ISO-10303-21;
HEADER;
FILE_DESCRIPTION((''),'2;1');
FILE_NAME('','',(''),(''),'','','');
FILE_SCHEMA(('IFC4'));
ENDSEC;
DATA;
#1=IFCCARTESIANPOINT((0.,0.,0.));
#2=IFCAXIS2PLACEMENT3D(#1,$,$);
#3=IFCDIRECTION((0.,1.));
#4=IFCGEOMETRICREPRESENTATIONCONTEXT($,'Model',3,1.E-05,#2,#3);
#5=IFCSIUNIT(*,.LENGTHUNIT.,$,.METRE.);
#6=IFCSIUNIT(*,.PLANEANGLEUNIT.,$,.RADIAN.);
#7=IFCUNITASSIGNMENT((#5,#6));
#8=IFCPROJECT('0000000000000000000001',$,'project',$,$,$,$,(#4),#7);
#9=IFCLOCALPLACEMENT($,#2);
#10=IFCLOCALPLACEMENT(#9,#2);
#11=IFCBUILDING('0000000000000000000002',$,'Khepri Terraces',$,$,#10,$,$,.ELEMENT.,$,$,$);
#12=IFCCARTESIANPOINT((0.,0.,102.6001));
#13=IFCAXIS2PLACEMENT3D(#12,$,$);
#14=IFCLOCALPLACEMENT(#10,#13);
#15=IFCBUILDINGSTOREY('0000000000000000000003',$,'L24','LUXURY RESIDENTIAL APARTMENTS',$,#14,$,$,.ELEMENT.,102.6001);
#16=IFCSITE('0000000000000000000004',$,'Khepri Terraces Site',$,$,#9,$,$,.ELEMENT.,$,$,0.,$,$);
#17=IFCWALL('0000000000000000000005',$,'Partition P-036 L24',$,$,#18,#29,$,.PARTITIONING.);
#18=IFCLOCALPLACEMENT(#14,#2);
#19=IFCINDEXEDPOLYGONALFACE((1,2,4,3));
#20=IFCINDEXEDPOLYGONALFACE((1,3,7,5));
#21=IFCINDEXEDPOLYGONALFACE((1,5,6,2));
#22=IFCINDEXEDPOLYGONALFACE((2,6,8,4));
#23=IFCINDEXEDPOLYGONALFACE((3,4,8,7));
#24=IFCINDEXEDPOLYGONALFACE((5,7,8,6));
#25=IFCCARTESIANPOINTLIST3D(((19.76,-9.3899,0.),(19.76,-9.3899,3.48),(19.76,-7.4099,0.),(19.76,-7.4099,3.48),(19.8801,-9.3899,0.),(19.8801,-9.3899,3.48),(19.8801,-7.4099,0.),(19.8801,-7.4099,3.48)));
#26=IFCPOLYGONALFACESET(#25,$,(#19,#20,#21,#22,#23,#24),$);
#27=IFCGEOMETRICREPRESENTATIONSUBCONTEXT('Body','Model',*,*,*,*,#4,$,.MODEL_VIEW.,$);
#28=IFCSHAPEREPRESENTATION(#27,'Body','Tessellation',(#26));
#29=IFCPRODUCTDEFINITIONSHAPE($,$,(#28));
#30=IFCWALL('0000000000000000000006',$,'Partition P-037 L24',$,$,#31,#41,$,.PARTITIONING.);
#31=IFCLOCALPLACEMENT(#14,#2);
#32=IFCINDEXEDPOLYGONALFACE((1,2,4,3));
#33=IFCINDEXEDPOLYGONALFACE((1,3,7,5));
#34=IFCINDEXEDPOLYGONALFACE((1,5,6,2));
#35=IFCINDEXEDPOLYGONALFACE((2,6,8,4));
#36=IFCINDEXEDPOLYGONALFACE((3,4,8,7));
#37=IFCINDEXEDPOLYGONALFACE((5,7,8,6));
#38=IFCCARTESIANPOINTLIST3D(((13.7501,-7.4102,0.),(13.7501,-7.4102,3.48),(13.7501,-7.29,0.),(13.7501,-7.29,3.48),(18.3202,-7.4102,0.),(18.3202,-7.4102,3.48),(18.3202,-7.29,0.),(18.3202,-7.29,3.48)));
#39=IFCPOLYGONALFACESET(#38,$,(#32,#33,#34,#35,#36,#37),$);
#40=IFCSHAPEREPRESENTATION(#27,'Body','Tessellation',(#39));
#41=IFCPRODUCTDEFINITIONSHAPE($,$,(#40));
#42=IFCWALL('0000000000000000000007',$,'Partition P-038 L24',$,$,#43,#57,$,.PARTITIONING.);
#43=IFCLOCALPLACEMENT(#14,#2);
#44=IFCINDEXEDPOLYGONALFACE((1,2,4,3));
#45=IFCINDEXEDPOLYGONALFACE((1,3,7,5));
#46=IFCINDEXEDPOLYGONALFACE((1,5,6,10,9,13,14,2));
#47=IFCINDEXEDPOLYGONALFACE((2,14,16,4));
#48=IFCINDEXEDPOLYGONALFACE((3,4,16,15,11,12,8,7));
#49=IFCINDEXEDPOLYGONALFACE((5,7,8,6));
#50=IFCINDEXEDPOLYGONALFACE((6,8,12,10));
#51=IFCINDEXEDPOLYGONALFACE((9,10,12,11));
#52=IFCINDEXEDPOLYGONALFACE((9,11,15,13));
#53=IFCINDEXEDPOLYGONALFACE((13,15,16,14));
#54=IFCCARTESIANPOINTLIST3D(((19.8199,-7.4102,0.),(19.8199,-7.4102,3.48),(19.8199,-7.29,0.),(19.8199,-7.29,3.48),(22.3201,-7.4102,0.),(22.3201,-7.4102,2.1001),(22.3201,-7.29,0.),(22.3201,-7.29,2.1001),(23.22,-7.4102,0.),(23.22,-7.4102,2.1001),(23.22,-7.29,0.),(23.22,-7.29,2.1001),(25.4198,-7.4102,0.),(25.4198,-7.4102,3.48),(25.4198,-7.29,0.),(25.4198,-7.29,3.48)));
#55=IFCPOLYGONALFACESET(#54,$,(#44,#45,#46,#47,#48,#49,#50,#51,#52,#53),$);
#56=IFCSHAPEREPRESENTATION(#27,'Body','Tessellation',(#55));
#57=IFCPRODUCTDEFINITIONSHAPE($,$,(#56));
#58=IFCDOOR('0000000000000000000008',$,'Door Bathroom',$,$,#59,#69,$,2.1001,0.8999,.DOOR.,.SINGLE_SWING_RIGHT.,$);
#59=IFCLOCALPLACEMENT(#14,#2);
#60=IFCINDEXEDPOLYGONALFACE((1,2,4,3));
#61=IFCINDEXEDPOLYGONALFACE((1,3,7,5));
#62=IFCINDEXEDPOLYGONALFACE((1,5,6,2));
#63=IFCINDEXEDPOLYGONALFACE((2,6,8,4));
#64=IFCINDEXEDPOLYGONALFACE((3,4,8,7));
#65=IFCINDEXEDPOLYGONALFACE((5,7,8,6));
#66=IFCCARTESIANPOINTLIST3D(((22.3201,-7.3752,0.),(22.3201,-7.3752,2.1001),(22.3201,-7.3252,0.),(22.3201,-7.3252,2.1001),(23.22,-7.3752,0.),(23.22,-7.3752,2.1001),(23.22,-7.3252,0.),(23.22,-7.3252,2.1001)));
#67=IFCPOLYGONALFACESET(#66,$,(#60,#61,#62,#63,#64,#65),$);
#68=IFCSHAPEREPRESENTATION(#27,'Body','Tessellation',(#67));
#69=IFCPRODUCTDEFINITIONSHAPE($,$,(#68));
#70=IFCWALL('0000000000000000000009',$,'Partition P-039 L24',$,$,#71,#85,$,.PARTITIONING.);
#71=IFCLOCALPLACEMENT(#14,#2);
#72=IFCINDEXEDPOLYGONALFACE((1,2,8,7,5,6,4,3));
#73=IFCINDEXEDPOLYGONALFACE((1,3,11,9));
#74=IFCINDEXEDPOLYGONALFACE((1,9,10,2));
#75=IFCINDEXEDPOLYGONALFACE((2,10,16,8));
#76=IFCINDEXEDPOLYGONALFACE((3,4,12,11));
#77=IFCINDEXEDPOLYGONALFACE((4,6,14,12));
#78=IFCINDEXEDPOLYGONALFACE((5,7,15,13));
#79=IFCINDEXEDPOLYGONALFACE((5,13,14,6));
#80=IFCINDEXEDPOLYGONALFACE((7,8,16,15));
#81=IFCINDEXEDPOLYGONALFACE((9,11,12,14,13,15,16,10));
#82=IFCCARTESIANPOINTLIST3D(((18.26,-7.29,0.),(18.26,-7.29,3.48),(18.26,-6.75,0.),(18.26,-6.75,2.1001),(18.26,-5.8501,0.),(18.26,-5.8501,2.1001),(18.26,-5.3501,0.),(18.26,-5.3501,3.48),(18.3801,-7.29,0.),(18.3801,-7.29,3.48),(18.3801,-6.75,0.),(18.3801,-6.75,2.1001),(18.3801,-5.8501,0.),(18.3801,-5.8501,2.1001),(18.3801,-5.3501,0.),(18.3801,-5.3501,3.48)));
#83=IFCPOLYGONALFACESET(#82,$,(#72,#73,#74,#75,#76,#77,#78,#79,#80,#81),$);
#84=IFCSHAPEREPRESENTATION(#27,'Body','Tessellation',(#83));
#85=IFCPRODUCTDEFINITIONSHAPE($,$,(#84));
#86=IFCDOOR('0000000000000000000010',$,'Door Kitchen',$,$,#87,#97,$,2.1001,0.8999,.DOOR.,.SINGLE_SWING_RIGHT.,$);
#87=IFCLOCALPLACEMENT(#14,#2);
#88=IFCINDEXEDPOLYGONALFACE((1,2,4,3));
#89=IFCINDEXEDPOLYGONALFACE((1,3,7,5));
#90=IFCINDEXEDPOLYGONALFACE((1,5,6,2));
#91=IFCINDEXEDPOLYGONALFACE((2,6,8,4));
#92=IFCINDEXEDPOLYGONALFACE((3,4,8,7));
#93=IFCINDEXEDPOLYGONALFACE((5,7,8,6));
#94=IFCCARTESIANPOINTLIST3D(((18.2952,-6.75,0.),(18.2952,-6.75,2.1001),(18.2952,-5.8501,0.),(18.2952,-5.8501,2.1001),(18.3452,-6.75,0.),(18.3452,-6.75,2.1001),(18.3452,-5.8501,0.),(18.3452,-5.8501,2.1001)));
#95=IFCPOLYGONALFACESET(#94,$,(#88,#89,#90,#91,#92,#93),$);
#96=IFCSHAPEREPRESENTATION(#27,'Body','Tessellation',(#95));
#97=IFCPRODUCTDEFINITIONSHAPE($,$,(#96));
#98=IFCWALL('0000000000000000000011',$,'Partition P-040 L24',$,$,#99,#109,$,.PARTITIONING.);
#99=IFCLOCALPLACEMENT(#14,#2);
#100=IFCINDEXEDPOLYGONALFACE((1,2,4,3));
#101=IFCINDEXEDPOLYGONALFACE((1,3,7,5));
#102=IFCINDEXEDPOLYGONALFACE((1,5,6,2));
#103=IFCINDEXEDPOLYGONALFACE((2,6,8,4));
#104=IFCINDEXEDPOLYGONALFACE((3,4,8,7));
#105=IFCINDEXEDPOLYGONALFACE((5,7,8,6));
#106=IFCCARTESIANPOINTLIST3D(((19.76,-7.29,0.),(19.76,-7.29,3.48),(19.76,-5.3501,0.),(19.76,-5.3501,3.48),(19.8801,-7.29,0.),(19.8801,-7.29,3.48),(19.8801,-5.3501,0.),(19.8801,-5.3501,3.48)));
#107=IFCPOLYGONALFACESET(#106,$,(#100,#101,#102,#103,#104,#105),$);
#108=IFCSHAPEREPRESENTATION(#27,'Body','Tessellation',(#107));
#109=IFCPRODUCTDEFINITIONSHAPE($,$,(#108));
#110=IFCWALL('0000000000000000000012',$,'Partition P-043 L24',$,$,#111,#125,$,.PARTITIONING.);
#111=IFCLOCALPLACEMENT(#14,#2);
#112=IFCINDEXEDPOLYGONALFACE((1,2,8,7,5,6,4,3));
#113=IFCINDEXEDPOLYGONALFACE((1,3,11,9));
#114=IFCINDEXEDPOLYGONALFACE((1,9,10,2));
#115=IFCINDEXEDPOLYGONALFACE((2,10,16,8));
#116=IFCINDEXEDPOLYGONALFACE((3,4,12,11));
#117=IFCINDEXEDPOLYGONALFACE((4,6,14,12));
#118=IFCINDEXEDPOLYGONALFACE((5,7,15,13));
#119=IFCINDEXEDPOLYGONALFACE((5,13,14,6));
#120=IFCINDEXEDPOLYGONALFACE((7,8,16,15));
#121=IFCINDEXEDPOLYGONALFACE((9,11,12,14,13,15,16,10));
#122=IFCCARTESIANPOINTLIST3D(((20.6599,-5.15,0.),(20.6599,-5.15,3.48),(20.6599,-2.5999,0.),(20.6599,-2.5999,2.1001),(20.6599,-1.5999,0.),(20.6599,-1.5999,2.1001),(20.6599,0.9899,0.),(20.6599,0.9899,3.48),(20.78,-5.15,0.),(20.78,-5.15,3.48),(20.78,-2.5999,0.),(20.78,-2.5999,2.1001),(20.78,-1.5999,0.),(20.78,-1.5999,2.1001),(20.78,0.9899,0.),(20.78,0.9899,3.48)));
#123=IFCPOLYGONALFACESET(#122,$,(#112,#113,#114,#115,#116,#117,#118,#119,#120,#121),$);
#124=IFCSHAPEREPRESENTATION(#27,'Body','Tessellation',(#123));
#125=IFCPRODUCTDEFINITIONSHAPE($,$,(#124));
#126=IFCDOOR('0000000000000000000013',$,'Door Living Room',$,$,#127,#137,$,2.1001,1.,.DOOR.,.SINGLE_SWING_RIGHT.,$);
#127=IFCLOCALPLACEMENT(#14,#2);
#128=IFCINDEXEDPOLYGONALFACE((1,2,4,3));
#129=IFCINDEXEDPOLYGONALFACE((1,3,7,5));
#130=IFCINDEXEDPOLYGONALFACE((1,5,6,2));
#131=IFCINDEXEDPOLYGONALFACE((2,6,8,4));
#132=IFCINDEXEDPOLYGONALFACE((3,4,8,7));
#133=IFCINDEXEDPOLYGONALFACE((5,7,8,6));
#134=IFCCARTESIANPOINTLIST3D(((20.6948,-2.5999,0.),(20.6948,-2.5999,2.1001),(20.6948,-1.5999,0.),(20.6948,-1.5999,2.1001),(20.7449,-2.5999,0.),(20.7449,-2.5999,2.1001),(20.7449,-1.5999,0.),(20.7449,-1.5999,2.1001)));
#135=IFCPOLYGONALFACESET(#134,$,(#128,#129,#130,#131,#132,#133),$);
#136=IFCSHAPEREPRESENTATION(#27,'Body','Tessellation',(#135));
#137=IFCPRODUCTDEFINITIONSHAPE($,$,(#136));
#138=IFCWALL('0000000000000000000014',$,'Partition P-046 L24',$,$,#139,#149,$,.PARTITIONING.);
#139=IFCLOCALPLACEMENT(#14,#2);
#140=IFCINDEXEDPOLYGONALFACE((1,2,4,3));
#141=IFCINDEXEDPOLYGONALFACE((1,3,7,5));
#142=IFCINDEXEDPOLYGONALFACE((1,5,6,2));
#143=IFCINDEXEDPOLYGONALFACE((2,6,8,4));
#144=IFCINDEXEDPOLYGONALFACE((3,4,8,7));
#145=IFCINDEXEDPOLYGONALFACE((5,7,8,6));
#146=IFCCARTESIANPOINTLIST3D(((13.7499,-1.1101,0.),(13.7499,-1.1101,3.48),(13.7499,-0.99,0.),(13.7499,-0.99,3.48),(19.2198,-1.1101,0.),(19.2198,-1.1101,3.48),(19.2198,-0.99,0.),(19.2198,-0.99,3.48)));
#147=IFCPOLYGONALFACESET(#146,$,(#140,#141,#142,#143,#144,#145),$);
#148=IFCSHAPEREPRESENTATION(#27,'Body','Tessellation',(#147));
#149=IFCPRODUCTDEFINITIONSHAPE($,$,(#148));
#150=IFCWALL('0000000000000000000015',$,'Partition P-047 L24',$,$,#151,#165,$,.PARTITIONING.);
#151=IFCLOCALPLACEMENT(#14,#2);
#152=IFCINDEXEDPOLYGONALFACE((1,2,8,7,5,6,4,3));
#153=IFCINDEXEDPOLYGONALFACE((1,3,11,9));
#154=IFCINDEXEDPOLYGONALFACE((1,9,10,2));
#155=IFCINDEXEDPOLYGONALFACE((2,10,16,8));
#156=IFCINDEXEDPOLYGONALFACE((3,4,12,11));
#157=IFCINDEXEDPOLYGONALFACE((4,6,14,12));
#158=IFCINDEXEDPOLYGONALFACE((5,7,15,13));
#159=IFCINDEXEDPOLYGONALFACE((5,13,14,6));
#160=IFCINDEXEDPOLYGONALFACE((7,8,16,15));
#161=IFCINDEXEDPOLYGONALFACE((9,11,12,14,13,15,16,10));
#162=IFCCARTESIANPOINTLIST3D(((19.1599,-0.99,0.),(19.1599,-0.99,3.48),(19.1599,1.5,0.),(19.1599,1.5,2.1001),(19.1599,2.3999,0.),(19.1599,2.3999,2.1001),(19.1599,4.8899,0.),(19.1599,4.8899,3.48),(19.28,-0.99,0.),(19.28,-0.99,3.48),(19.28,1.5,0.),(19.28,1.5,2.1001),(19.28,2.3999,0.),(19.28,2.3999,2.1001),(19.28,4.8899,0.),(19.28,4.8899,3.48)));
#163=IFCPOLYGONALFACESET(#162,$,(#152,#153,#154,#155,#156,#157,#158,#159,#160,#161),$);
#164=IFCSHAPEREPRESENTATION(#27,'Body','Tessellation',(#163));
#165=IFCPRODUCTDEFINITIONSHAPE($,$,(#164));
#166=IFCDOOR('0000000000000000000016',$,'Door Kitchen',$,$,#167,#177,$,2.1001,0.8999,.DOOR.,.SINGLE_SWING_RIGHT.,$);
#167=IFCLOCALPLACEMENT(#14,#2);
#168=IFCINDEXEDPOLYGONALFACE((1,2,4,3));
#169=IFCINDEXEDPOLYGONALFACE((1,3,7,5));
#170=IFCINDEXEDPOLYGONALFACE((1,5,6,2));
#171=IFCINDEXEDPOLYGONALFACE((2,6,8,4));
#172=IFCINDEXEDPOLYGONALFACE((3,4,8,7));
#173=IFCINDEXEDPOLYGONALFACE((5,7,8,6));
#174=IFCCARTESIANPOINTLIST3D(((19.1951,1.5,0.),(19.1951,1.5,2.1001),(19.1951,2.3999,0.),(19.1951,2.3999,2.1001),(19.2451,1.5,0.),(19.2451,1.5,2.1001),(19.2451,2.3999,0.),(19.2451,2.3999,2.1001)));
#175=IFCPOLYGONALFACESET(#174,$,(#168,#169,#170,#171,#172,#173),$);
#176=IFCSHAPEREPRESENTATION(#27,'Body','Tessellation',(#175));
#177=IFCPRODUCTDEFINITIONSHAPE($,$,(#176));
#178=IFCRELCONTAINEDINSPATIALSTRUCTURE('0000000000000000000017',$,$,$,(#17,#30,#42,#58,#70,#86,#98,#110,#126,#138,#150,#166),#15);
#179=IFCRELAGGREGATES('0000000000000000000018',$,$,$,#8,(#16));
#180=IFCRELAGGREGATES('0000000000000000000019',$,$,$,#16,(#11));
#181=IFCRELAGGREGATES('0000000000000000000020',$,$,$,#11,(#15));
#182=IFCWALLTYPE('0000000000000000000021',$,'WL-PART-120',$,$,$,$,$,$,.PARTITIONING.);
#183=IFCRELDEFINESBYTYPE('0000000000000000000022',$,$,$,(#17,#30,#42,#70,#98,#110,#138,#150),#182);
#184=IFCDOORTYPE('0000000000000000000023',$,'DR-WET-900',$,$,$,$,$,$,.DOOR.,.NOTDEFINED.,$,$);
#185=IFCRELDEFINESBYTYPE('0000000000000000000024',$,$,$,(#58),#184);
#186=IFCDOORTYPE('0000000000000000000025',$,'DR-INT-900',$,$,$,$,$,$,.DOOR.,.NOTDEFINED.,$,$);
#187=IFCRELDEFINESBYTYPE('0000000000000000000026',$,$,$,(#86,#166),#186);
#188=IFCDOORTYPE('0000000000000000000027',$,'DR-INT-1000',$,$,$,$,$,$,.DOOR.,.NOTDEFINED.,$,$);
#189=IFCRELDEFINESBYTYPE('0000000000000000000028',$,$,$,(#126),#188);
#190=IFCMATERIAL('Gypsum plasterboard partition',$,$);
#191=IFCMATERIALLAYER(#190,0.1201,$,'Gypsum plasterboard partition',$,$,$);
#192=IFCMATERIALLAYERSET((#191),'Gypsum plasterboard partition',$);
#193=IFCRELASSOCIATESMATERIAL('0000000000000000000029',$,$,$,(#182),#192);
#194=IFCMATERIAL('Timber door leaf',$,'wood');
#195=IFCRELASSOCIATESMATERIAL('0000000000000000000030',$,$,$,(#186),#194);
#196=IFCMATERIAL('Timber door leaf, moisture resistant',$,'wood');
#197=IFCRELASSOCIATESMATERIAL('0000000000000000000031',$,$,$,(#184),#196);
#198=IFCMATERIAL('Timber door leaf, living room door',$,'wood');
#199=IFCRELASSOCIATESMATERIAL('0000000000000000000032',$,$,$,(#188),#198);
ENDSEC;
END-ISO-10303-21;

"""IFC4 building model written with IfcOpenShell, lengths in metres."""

from ifc_helpers import new_model, si_unit, direction, frame, frame_2d, origin, place, context, subcontext, project, spatial, rectangle, extrude, material, layer, layer_set, type_object, element, fill, save


model = new_model("IFC4")

# Units and contexts
model_context = context("Model", 3, precision=1e-05, world=origin(), true_north=direction((0.0, 1.0)))
body_context = subcontext(model_context, "Body", "Model", "MODEL_VIEW")
ifc_project = project(units=[si_unit("LENGTHUNIT", "METRE"), si_unit("PLANEANGLEUNIT", "RADIAN")], contexts=[model_context])

# Site, building, storey
site_placement = place(None, origin())
site = spatial("IfcSite", under=ifc_project, at=site_placement, Name="Khepri Terraces Site", CompositionType="ELEMENT", RefElevation=0.0)
building_placement = place(site_placement, origin())
building = spatial("IfcBuilding", under=site, at=building_placement, Name="Khepri Terraces", CompositionType="ELEMENT")
storey_placement = place(building_placement, frame((0.0, 0.0, 102.6001)))
storey = spatial("IfcBuildingStorey", under=building, at=storey_placement, Name="L24", Description="LUXURY RESIDENTIAL APARTMENTS", CompositionType="ELEMENT", Elevation=102.6001)

# Shared definitions
ifc_material_1 = material(Name="Gypsum plasterboard partition")
ifc_layer_1 = layer(ifc_material_1, 0.1201, Name="Gypsum plasterboard partition")
ifc_layer_set_1 = layer_set([ifc_layer_1], Name="Gypsum plasterboard partition")
wall_type_1 = type_object("IfcWallType", Name="WL-PART-120", PredefinedType="PARTITIONING", material=ifc_layer_set_1)
ifc_material_2 = material(Name="Timber door leaf", Category="wood")
door_type_1 = type_object("IfcDoorType", Name="DR-INT-900", OperationType="NOTDEFINED", PredefinedType="DOOR", material=ifc_material_2)
ifc_material_3 = material(Name="Timber door leaf, moisture resistant", Category="wood")
door_type_2 = type_object("IfcDoorType", Name="DR-WET-900", OperationType="NOTDEFINED", PredefinedType="DOOR", material=ifc_material_3)

# Walls
for number, where, z_axis, x_axis, name in (
    (1, (19.8201, -9.3899, 0.0), (0.0, 0.0, 1.0), (0.0, 1.0, 0.0), "Partition P-036 L24"),
):
    element("IfcWall", number, at=place(storey_placement, frame(where, z_axis=z_axis, x_axis=x_axis)), inside=storey, type_object=wall_type_1, Name=name, PredefinedType="PARTITIONING", context=body_context, shape_type="SweptSolid", body=[
        extrude(rectangle(XDim=1.98, YDim=0.1201, at=frame_2d((0.99, 0.0))), origin(), (0.0, 0.0, 1.0), 3.48),
    ])
wall_1_placement = place(storey_placement, frame((13.75, -7.3501, 0.0), z_axis=(0.0, 0.0, 1.0), x_axis=(1.0, 0.0, 0.0)))
element("IfcWall", 2, at=wall_1_placement, inside=storey, type_object=wall_type_1, Name="Partition P-037 L24", PredefinedType="PARTITIONING", context=body_context, shape_type="SweptSolid", body=[
    extrude(rectangle(XDim=4.5701, YDim=0.1201, at=frame_2d((2.2852, 0.0))), origin(), (0.0, 0.0, 1.0), 3.48),
])

# Walls, openings, doors
wall_2_placement = place(storey_placement, frame((19.8201, -7.3501, 0.0), z_axis=(0.0, 0.0, 1.0), x_axis=(1.0, 0.0, 0.0)))
wall_2 = element("IfcWall", 3, at=wall_2_placement, inside=storey, type_object=wall_type_1, Name="Partition P-038 L24", PredefinedType="PARTITIONING", context=body_context, shape_type="SweptSolid", body=[
    extrude(rectangle(XDim=5.5999, YDim=0.1201, at=frame_2d((2.7998, 0.0))), origin(), (0.0, 0.0, 1.0), 3.48),
])
opening_1_placement = place(wall_2_placement, frame((2.5, 0.0, 0.0)))
opening_1 = element("IfcOpeningElement", 4, at=opening_1_placement, cuts=wall_2, PredefinedType="OPENING", context=body_context, shape_type="SweptSolid", body=[
    extrude(rectangle(XDim=0.8999, YDim=2.1001, at=frame_2d((0.45, 1.05))), frame((0.0, 0.0701, 0.0), z_axis=(0.0, -1.0, 0.0), x_axis=(1.0, 0.0, 0.0)), (0.0, 0.0, 1.0), 0.1401),
])
door_1_placement = place(opening_1_placement, origin())
door_1 = element("IfcDoor", 5, at=door_1_placement, inside=storey, type_object=door_type_2, Name="Door Bathroom", OperationType="SINGLE_SWING_RIGHT", OverallHeight=2.1001, OverallWidth=0.8999, PredefinedType="DOOR", context=body_context, shape_type="SweptSolid", body=[
    extrude(rectangle(XDim=0.8999, YDim=2.1001, at=frame_2d((0.45, 1.05))), frame((0.0, 0.0249, 0.0), z_axis=(0.0, -1.0, 0.0), x_axis=(1.0, 0.0, 0.0)), (0.0, 0.0, 1.0), 0.05),
])
fill(opening_1, door_1)
wall_3_placement = place(storey_placement, frame((18.3201, -7.29, 0.0), z_axis=(0.0, 0.0, 1.0), x_axis=(0.0, 1.0, 0.0)))
wall_3 = element("IfcWall", 6, at=wall_3_placement, inside=storey, type_object=wall_type_1, Name="Partition P-039 L24", PredefinedType="PARTITIONING", context=body_context, shape_type="SweptSolid", body=[
    extrude(rectangle(XDim=1.9399, YDim=0.1201, at=frame_2d((0.97, 0.0))), origin(), (0.0, 0.0, 1.0), 3.48),
])
opening_2_placement = place(wall_3_placement, frame((0.54, 0.0, 0.0)))
opening_2 = element("IfcOpeningElement", 7, at=opening_2_placement, cuts=wall_3, PredefinedType="OPENING", context=body_context, shape_type="SweptSolid", body=[
    extrude(rectangle(XDim=0.8999, YDim=2.1001, at=frame_2d((0.45, 1.05))), frame((0.0, 0.0701, 0.0), z_axis=(0.0, -1.0, 0.0), x_axis=(1.0, 0.0, 0.0)), (0.0, 0.0, 1.0), 0.1401),
])
door_2_placement = place(opening_2_placement, origin())
door_2 = element("IfcDoor", 8, at=door_2_placement, inside=storey, type_object=door_type_1, Name="Door Kitchen", OperationType="SINGLE_SWING_RIGHT", OverallHeight=2.1001, OverallWidth=0.8999, PredefinedType="DOOR", context=body_context, shape_type="SweptSolid", body=[
    extrude(rectangle(XDim=0.8999, YDim=2.1001, at=frame_2d((0.45, 1.05))), frame((0.0, 0.0249, 0.0), z_axis=(0.0, -1.0, 0.0), x_axis=(1.0, 0.0, 0.0)), (0.0, 0.0, 1.0), 0.05),
])
fill(opening_2, door_2)

# Wall
wall_4_placement = place(storey_placement, frame((19.8201, -7.29, 0.0), z_axis=(0.0, 0.0, 1.0), x_axis=(0.0, 1.0, 0.0)))
element("IfcWall", 9, at=wall_4_placement, inside=storey, type_object=wall_type_1, Name="Partition P-040 L24", PredefinedType="PARTITIONING", context=body_context, shape_type="SweptSolid", body=[
    extrude(rectangle(XDim=1.9399, YDim=0.1201, at=frame_2d((0.97, 0.0))), origin(), (0.0, 0.0, 1.0), 3.48),
])

# Wall, opening, door
wall_5_placement = place(storey_placement, frame((20.72, -5.1499, 0.0), z_axis=(0.0, 0.0, 1.0), x_axis=(0.0, 1.0, 0.0)))
wall_5 = element("IfcWall", 10, at=wall_5_placement, inside=storey, type_object=wall_type_1, Name="Partition P-043 L24", PredefinedType="PARTITIONING", context=body_context, shape_type="SweptSolid", body=[
    extrude(rectangle(XDim=6.1399, YDim=0.1201, at=frame_2d((3.0698, 0.0))), origin(), (0.0, 0.0, 1.0), 3.48),
])
opening_3_placement = place(wall_5_placement, frame((2.55, 0.0, 0.0)))
opening_3 = element("IfcOpeningElement", 11, at=opening_3_placement, cuts=wall_5, PredefinedType="OPENING", context=body_context, shape_type="SweptSolid", body=[
    extrude(rectangle(XDim=1.0, YDim=2.1001, at=frame_2d((0.5, 1.05))), frame((0.0, 0.0701, 0.0), z_axis=(0.0, -1.0, 0.0), x_axis=(1.0, 0.0, 0.0)), (0.0, 0.0, 1.0), 0.1401),
])
ifc_material_4 = material(Name="Timber door leaf, living room door", Category="wood")
door_type_3 = type_object("IfcDoorType", Name="DR-INT-1000", OperationType="NOTDEFINED", PredefinedType="DOOR", material=ifc_material_4)
door_3_placement = place(opening_3_placement, frame((1.0, 0.0, 0.0), z_axis=(0.0, 0.0, 1.0), x_axis=(-1.0, 0.0, 0.0)))
door_3 = element("IfcDoor", 12, at=door_3_placement, inside=storey, type_object=door_type_3, Name="Door Living Room", OperationType="SINGLE_SWING_RIGHT", OverallHeight=2.1001, OverallWidth=1.0, PredefinedType="DOOR", context=body_context, shape_type="SweptSolid", body=[
    extrude(rectangle(XDim=1.0, YDim=2.1001, at=frame_2d((0.5, 1.05))), frame((0.0, 0.0249, 0.0), z_axis=(0.0, -1.0, 0.0), x_axis=(1.0, 0.0, 0.0)), (0.0, 0.0, 1.0), 0.05),
])
fill(opening_3, door_3)

# Wall
wall_6_placement = place(storey_placement, frame((13.75, -1.05, 0.0), z_axis=(0.0, 0.0, 1.0), x_axis=(1.0, 0.0, 0.0)))
element("IfcWall", 13, at=wall_6_placement, inside=storey, type_object=wall_type_1, Name="Partition P-046 L24", PredefinedType="PARTITIONING", context=body_context, shape_type="SweptSolid", body=[
    extrude(rectangle(XDim=5.47, YDim=0.1201, at=frame_2d((2.7349, 0.0))), origin(), (0.0, 0.0, 1.0), 3.48),
])

# Wall, opening, door
wall_7_placement = place(storey_placement, frame((19.22, -0.99, 0.0), z_axis=(0.0, 0.0, 1.0), x_axis=(0.0, 1.0, 0.0)))
wall_7 = element("IfcWall", 14, at=wall_7_placement, inside=storey, type_object=wall_type_1, Name="Partition P-047 L24", PredefinedType="PARTITIONING", context=body_context, shape_type="SweptSolid", body=[
    extrude(rectangle(XDim=5.8799, YDim=0.1201, at=frame_2d((2.9399, 0.0))), origin(), (0.0, 0.0, 1.0), 3.48),
])
opening_4_placement = place(wall_7_placement, frame((2.49, 0.0, 0.0)))
opening_4 = element("IfcOpeningElement", 15, at=opening_4_placement, cuts=wall_7, PredefinedType="OPENING", context=body_context, shape_type="SweptSolid", body=[
    extrude(rectangle(XDim=0.8999, YDim=2.1001, at=frame_2d((0.45, 1.05))), frame((0.0, 0.0701, 0.0), z_axis=(0.0, -1.0, 0.0), x_axis=(1.0, 0.0, 0.0)), (0.0, 0.0, 1.0), 0.1401),
])
door_4_placement = place(opening_4_placement, origin())
door_4 = element("IfcDoor", 16, at=door_4_placement, inside=storey, type_object=door_type_1, Name="Door Kitchen", OperationType="SINGLE_SWING_RIGHT", OverallHeight=2.1001, OverallWidth=0.8999, PredefinedType="DOOR", context=body_context, shape_type="SweptSolid", body=[
    extrude(rectangle(XDim=0.8999, YDim=2.1001, at=frame_2d((0.45, 1.05))), frame((0.0, 0.0249, 0.0), z_axis=(0.0, -1.0, 0.0), x_axis=(1.0, 0.0, 0.0)), (0.0, 0.0, 1.0), 0.05),
])
fill(opening_4, door_4)

save(model, "model.ifc")
